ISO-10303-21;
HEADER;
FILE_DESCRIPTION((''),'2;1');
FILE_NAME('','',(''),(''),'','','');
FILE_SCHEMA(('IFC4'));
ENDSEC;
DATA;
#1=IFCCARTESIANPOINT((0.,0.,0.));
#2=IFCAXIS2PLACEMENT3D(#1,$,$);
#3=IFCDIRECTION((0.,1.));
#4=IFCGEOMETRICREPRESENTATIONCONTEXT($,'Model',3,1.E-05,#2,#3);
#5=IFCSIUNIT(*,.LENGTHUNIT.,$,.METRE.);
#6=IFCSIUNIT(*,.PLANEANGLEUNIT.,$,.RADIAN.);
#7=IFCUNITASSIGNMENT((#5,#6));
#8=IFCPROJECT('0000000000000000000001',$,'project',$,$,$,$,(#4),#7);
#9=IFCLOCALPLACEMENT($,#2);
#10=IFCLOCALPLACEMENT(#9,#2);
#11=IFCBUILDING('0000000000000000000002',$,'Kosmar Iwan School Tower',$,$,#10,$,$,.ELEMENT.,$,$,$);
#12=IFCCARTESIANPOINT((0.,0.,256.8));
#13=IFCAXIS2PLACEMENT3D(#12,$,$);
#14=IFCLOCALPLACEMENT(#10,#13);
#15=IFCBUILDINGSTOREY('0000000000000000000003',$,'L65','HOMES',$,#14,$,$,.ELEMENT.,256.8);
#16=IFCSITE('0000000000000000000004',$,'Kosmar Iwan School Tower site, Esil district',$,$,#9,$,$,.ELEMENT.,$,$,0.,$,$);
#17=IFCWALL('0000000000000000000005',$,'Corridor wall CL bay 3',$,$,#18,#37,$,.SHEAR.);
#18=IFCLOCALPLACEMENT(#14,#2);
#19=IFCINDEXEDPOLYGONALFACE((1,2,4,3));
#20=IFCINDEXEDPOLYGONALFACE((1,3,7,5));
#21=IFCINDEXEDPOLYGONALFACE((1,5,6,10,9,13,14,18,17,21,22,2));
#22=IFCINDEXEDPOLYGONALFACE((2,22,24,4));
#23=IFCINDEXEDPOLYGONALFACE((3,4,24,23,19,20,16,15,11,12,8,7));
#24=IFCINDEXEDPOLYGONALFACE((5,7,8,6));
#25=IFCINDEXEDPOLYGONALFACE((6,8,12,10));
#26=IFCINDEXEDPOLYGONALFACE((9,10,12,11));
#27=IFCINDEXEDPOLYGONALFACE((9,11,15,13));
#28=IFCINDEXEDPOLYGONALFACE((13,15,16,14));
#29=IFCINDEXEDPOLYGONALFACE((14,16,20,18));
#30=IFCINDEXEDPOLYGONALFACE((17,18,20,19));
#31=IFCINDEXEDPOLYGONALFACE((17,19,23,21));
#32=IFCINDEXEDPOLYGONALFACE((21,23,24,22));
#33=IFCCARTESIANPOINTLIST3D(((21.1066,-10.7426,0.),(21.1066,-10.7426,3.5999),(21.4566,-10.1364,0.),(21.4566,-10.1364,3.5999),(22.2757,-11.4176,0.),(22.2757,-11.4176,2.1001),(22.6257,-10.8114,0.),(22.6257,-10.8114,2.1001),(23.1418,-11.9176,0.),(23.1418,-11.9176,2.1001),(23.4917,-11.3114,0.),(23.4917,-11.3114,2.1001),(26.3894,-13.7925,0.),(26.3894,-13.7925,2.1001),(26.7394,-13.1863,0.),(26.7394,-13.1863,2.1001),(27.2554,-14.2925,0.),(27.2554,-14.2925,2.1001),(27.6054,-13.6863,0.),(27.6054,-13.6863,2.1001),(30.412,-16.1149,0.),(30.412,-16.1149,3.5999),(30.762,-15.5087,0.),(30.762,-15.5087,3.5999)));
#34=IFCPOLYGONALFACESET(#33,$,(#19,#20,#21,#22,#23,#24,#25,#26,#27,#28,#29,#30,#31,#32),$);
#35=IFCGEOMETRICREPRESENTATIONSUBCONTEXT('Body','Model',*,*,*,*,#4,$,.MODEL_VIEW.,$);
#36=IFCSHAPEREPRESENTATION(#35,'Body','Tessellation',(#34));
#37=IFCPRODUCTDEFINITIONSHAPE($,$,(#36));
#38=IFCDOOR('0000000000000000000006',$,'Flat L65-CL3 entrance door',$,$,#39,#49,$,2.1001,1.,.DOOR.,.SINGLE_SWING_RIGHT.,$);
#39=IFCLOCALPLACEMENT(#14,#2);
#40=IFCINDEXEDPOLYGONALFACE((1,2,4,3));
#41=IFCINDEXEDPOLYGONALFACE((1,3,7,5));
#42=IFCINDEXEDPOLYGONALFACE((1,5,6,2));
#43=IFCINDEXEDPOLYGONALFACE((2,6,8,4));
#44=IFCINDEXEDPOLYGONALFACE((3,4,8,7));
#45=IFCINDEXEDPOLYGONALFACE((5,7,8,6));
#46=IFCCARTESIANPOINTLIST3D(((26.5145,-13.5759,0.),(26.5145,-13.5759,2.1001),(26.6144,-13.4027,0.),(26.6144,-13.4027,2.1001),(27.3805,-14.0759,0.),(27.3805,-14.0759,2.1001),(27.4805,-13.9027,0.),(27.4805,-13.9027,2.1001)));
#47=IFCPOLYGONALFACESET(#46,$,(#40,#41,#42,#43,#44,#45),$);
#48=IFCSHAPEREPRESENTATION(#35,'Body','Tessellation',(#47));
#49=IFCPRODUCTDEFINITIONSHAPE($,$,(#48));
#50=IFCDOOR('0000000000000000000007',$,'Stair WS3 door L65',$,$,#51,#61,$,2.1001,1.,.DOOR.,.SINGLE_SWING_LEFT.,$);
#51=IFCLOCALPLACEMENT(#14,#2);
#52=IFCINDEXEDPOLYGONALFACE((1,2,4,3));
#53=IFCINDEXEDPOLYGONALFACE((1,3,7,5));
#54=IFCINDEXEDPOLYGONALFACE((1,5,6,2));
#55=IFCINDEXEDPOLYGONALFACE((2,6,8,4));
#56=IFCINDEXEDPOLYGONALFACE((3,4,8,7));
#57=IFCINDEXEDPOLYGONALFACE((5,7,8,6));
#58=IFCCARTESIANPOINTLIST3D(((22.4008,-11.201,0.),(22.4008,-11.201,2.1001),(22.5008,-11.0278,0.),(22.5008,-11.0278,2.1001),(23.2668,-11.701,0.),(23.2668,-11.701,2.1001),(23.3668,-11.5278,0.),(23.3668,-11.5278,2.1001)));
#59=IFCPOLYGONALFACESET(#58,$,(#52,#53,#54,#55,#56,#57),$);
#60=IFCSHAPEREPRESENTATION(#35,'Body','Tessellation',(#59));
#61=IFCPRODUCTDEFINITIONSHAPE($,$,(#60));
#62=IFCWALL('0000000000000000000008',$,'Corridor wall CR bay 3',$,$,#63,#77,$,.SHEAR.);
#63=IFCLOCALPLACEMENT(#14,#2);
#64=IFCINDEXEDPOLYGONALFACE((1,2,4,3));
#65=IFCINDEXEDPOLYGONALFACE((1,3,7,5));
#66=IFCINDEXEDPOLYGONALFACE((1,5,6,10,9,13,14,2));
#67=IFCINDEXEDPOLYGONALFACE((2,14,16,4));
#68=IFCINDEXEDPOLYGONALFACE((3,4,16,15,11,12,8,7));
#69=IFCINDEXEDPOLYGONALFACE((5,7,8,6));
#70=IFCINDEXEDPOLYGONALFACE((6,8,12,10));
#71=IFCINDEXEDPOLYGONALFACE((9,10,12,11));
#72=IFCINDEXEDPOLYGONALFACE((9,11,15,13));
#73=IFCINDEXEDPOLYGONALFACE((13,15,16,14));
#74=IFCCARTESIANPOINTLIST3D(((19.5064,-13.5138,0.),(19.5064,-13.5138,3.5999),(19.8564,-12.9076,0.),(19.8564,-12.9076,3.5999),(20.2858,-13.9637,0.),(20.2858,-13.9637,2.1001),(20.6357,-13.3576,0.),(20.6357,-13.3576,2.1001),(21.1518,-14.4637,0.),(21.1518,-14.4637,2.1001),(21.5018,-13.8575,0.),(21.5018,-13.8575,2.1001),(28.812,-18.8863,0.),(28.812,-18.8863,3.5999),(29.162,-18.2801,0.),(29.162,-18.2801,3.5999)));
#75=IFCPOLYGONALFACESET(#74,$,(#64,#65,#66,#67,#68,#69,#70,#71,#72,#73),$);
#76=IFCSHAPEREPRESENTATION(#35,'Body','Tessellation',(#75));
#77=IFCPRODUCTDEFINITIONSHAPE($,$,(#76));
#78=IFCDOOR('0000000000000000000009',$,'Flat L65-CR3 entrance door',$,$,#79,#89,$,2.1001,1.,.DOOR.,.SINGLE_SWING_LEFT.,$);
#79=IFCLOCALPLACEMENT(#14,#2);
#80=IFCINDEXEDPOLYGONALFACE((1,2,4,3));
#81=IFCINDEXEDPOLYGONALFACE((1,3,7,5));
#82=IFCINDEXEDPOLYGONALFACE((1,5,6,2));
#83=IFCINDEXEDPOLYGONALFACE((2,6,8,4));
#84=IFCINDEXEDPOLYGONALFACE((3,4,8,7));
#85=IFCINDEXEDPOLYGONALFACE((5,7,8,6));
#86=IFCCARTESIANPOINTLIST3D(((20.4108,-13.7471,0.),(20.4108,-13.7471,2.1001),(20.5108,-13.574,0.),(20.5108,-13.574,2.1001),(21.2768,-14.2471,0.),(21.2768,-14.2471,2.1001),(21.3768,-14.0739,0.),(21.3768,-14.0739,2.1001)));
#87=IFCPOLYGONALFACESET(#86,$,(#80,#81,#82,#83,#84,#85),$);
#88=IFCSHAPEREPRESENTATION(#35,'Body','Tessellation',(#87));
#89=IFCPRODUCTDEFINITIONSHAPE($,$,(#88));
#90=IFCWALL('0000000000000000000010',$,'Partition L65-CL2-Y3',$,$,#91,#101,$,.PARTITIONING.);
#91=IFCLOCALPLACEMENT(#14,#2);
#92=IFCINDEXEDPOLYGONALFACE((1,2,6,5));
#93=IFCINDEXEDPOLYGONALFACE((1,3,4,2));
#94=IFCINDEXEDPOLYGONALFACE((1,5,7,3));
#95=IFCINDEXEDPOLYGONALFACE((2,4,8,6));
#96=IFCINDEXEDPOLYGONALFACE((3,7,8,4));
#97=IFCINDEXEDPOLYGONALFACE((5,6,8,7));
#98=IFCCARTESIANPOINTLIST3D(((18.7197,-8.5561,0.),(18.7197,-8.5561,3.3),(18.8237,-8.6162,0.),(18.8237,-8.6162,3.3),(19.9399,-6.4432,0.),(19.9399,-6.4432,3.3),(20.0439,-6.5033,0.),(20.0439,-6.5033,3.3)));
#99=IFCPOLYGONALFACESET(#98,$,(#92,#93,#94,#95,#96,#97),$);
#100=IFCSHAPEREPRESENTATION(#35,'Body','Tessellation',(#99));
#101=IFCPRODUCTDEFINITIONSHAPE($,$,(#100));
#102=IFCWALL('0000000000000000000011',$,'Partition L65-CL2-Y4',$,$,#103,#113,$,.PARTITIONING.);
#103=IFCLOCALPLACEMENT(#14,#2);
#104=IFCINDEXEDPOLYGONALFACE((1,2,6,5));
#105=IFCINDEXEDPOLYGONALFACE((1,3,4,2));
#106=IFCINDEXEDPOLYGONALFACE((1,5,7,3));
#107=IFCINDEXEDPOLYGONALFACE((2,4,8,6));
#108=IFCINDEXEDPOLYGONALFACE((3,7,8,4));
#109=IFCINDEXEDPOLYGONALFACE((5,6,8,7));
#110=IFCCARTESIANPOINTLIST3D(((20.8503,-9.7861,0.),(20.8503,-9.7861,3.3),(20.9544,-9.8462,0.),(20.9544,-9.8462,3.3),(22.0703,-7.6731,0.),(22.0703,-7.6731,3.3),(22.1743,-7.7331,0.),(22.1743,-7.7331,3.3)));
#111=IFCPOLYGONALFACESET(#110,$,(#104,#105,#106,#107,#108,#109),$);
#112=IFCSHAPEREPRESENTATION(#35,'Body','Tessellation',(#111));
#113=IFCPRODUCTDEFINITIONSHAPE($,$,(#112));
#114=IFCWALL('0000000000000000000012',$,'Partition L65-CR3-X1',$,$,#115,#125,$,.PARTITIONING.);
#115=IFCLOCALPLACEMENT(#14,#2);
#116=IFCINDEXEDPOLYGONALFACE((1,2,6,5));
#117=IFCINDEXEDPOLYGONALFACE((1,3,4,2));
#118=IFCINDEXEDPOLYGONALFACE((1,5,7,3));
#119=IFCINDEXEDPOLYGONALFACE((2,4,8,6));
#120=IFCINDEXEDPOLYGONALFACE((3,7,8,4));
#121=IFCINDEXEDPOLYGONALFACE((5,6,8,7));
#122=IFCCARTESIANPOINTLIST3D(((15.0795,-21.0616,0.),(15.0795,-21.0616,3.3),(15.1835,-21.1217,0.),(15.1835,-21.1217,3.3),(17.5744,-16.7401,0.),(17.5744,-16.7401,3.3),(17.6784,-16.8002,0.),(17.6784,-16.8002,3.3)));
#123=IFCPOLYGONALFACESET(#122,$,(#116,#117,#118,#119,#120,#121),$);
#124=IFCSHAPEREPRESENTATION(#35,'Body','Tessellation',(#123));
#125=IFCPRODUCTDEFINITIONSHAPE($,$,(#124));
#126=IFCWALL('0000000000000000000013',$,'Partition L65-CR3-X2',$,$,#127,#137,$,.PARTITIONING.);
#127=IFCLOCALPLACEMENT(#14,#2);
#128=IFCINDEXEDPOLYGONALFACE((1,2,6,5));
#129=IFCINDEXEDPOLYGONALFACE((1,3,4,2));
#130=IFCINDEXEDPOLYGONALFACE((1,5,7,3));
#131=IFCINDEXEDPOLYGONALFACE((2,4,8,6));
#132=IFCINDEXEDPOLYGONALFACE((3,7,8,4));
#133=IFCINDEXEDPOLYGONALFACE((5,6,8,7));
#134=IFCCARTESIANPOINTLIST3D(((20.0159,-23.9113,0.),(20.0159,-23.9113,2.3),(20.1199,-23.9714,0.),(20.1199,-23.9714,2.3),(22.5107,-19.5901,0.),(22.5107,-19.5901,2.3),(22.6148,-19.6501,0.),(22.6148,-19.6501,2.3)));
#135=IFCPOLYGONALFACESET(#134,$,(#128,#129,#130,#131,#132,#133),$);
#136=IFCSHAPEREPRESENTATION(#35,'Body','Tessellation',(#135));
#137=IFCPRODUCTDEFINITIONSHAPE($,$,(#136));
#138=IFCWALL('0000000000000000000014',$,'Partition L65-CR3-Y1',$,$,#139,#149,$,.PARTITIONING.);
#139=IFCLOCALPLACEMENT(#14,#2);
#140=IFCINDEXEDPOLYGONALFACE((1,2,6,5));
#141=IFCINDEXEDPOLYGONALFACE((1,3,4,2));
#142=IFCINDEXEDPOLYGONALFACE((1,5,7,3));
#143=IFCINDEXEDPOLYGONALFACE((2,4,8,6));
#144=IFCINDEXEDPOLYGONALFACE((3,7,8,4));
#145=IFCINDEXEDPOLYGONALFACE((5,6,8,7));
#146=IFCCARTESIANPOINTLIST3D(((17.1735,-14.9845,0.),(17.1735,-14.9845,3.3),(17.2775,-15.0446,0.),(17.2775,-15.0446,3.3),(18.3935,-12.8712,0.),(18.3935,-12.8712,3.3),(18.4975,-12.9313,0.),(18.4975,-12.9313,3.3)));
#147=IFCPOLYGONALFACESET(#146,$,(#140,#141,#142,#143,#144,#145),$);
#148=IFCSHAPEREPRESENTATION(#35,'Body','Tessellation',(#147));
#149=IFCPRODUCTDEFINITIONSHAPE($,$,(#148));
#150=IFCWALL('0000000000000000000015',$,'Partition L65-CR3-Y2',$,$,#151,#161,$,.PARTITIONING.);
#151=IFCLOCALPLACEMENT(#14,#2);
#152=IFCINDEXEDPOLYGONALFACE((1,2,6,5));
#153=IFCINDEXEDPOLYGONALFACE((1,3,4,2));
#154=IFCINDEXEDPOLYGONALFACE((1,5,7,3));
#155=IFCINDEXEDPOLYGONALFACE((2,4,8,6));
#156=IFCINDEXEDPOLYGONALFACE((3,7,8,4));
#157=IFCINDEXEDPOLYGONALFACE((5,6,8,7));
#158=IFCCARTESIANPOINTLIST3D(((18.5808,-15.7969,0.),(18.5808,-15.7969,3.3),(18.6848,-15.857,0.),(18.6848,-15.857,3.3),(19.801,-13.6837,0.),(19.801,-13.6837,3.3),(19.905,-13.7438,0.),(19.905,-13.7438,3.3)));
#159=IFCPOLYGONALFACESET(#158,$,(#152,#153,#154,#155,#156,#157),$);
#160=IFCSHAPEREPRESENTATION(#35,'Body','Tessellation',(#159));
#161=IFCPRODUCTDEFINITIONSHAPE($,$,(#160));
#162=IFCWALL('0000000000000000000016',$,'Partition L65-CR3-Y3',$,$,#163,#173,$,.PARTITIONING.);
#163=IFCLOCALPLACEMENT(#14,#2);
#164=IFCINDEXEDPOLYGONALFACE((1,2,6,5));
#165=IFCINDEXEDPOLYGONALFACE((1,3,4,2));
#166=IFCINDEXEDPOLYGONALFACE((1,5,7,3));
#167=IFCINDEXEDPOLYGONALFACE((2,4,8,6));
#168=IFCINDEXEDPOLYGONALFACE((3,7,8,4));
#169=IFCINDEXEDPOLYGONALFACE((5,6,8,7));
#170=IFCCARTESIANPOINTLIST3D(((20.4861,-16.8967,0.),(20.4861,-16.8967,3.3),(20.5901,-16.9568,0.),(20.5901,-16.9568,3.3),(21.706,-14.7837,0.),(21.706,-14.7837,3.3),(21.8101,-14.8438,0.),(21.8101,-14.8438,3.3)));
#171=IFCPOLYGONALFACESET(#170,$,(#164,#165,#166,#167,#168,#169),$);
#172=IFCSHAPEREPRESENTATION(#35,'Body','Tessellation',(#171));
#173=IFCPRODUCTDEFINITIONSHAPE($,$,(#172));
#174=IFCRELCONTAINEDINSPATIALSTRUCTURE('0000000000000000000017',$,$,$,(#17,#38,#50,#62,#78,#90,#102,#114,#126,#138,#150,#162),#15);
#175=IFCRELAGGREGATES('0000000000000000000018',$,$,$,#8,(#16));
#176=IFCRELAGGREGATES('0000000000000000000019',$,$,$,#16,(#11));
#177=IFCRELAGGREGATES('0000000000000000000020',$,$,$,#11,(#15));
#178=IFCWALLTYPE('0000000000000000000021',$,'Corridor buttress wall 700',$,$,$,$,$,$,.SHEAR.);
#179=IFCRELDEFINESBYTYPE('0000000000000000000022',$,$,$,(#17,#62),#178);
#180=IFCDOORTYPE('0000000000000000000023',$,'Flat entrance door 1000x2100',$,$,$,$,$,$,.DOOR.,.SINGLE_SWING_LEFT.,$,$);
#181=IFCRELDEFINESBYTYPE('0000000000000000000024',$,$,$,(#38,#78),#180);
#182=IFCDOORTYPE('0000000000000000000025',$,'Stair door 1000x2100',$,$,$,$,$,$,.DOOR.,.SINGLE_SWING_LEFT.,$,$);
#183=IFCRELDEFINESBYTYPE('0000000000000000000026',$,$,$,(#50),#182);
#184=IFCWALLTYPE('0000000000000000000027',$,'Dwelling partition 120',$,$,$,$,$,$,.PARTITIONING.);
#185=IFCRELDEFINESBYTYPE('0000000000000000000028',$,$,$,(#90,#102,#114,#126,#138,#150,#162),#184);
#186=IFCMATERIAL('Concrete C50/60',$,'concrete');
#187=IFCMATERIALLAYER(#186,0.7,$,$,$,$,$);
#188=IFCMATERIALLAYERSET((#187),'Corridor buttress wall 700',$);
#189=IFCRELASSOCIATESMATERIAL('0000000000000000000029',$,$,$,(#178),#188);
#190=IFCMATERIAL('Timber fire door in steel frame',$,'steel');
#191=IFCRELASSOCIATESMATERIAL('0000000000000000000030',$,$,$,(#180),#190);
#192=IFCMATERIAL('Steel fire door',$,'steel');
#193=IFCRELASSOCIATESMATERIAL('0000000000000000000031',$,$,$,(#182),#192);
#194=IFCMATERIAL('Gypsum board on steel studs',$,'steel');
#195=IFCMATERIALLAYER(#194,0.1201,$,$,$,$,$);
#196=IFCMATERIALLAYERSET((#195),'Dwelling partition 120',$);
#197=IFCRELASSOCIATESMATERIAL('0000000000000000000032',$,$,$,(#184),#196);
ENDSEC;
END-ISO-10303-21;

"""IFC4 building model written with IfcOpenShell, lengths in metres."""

from ifc_helpers import new_model, si_unit, direction, frame, frame_2d, origin, place, context, subcontext, project, spatial, rectangle, extrude, material, layer, layer_set, type_object, element, fill, save


model = new_model("IFC4")

# Units and contexts
model_context = context("Model", 3, precision=1e-05, world=origin(), true_north=direction((0.0, 1.0)))
body_context = subcontext(model_context, "Body", "Model", "MODEL_VIEW")
ifc_project = project(units=[si_unit("LENGTHUNIT", "METRE"), si_unit("PLANEANGLEUNIT", "RADIAN")], contexts=[model_context])

# Site, building, storey
site_placement = place(None, origin())
site = spatial("IfcSite", under=ifc_project, at=site_placement, Name="Kosmar Iwan School Tower site, Esil district", CompositionType="ELEMENT", RefElevation=0.0)
building_placement = place(site_placement, origin())
building = spatial("IfcBuilding", under=site, at=building_placement, Name="Kosmar Iwan School Tower", CompositionType="ELEMENT")
storey_placement = place(building_placement, frame((0.0, 0.0, 256.8)))
storey = spatial("IfcBuildingStorey", under=building, at=storey_placement, Name="L65", Description="HOMES", CompositionType="ELEMENT", Elevation=256.8)

# Wall, openings, doors
ifc_material_1 = material(Name="Concrete C50/60", Category="concrete")
ifc_layer_1 = layer(ifc_material_1, 0.7)
ifc_layer_set_1 = layer_set([ifc_layer_1], Name="Corridor buttress wall 700")
wall_type_1 = type_object("IfcWallType", Name="Corridor buttress wall 700", PredefinedType="SHEAR", material=ifc_layer_set_1)
wall_1_placement = place(storey_placement, frame((21.2815, -10.4395, 0.0), z_axis=(0.0, 0.0, 1.0), x_axis=(0.866032, -0.499988, 0.0)))
wall_1 = element("IfcWall", 1, at=wall_1_placement, inside=storey, type_object=wall_type_1, Name="Corridor wall CL bay 3", PredefinedType="SHEAR", context=body_context, shape_type="SweptSolid", body=[
    extrude(rectangle(XDim=10.7449, YDim=0.7, at=frame_2d((5.3726, 0.0))), origin(), (0.0, 0.0, 1.0), 3.5999),
])
opening_1_placement = place(wall_1_placement, frame((6.1001, 0.0, 0.0)))
opening_1 = element("IfcOpeningElement", 2, at=opening_1_placement, cuts=wall_1, PredefinedType="OPENING", context=body_context, shape_type="SweptSolid", body=[
    extrude(rectangle(XDim=1.0, YDim=2.1001, at=frame_2d((0.5, 1.05))), frame((0.0, 0.3621, 0.0), z_axis=(0.0, -1.0, 0.0), x_axis=(1.0, 0.0, 0.0)), (0.0, 0.0, 1.0), 0.7239),
])
opening_2_placement = place(wall_1_placement, frame((1.3501, 0.0, 0.0)))
opening_2 = element("IfcOpeningElement", 3, at=opening_2_placement, cuts=wall_1, PredefinedType="OPENING", context=body_context, shape_type="SweptSolid", body=[
    extrude(rectangle(XDim=1.0, YDim=2.1001, at=frame_2d((0.5, 1.05))), frame((0.0, 0.3621, 0.0), z_axis=(0.0, -1.0, 0.0), x_axis=(1.0, 0.0, 0.0)), (0.0, 0.0, 1.0), 0.7239),
])
ifc_material_2 = material(Name="Timber fire door in steel frame", Category="steel")
door_type_1 = type_object("IfcDoorType", Name="Flat entrance door 1000x2100", OperationType="SINGLE_SWING_LEFT", PredefinedType="DOOR", material=ifc_material_2)
door_1_placement = place(opening_1_placement, origin())
door_1 = element("IfcDoor", 4, at=door_1_placement, inside=storey, type_object=door_type_1, Name="Flat L65-CL3 entrance door", OperationType="SINGLE_SWING_RIGHT", OverallHeight=2.1001, OverallWidth=1.0, PredefinedType="DOOR", context=body_context, shape_type="SweptSolid", body=[
    extrude(rectangle(XDim=1.0, YDim=2.1001, at=frame_2d((0.5, 1.05))), frame((0.0, 0.1001, 0.0), z_axis=(0.0, -1.0, 0.0), x_axis=(1.0, 0.0, 0.0)), (0.0, 0.0, 1.0), 0.2),
])
fill(opening_1, door_1)
ifc_material_3 = material(Name="Steel fire door", Category="steel")
door_type_2 = type_object("IfcDoorType", Name="Stair door 1000x2100", OperationType="SINGLE_SWING_LEFT", PredefinedType="DOOR", material=ifc_material_3)
door_2_placement = place(opening_2_placement, origin())
door_2 = element("IfcDoor", 5, at=door_2_placement, inside=storey, type_object=door_type_2, Name="Stair WS3 door L65", OperationType="SINGLE_SWING_LEFT", OverallHeight=2.1001, OverallWidth=1.0, PredefinedType="DOOR", context=body_context, shape_type="SweptSolid", body=[
    extrude(rectangle(XDim=1.0, YDim=2.1001, at=frame_2d((0.5, 1.05))), frame((0.0, 0.1001, 0.0), z_axis=(0.0, -1.0, 0.0), x_axis=(1.0, 0.0, 0.0)), (0.0, 0.0, 1.0), 0.2),
])
fill(opening_2, door_2)

# Wall, opening, door
wall_2_placement = place(storey_placement, frame((19.6814, -13.2107, 0.0), z_axis=(0.0, 0.0, 1.0), x_axis=(0.866028, -0.499995, 0.0)))
wall_2 = element("IfcWall", 6, at=wall_2_placement, inside=storey, type_object=wall_type_1, Name="Corridor wall CR bay 3", PredefinedType="SHEAR", context=body_context, shape_type="SweptSolid", body=[
    extrude(rectangle(XDim=10.7451, YDim=0.7, at=frame_2d((5.3726, 0.0))), origin(), (0.0, 0.0, 1.0), 3.5999),
])
opening_3_placement = place(wall_2_placement, frame((0.8999, 0.0, 0.0)))
opening_3 = element("IfcOpeningElement", 7, at=opening_3_placement, cuts=wall_2, PredefinedType="OPENING", context=body_context, shape_type="SweptSolid", body=[
    extrude(rectangle(XDim=1.0, YDim=2.1001, at=frame_2d((0.5, 1.05))), frame((0.0, 0.3621, 0.0), z_axis=(0.0, -1.0, 0.0), x_axis=(1.0, 0.0, 0.0)), (0.0, 0.0, 1.0), 0.7239),
])
door_3_placement = place(opening_3_placement, origin())
door_3 = element("IfcDoor", 8, at=door_3_placement, inside=storey, type_object=door_type_1, Name="Flat L65-CR3 entrance door", OperationType="SINGLE_SWING_LEFT", OverallHeight=2.1001, OverallWidth=1.0, PredefinedType="DOOR", context=body_context, shape_type="SweptSolid", body=[
    extrude(rectangle(XDim=1.0, YDim=2.1001, at=frame_2d((0.5, 1.05))), frame((0.0, 0.1001, 0.0), z_axis=(0.0, -1.0, 0.0), x_axis=(1.0, 0.0, 0.0)), (0.0, 0.0, 1.0), 0.2),
])
fill(opening_3, door_3)

# Walls
ifc_material_4 = material(Name="Gypsum board on steel studs", Category="steel")
ifc_layer_2 = layer(ifc_material_4, 0.1201)
ifc_layer_set_2 = layer_set([ifc_layer_2], Name="Dwelling partition 120")
wall_type_2 = type_object("IfcWallType", Name="Dwelling partition 120", PredefinedType="PARTITIONING", material=ifc_layer_set_2)
for number, where, z_axis, x_axis, name in (
    (9, (18.7717, -8.5862, 0.0), (0.0, 0.0, 1.0), (0.500078, 0.865981, 0.0), "Partition L65-CL2-Y3"),
    (10, (20.9023, -9.8162, 0.0), (0.0, 0.0, 1.0), (0.500003, 0.866024, 0.0), "Partition L65-CL2-Y4"),
):
    element("IfcWall", number, at=place(storey_placement, frame(where, z_axis=z_axis, x_axis=x_axis)), inside=storey, type_object=wall_type_2, Name=name, PredefinedType="PARTITIONING", context=body_context, shape_type="SweptSolid", body=[
        extrude(rectangle(XDim=2.4399, YDim=0.1201, at=frame_2d((1.22, 0.0))), origin(), (0.0, 0.0, 1.0), 3.3),
    ])
wall_3_placement = place(storey_placement, frame((17.6265, -16.77, 0.0), z_axis=(0.0, 0.0, 1.0), x_axis=(-0.499975, -0.86604, 0.0)))
element("IfcWall", 11, at=wall_3_placement, inside=storey, type_object=wall_type_2, Name="Partition L65-CR3-X1", PredefinedType="PARTITIONING", context=body_context, shape_type="SweptSolid", body=[
    extrude(rectangle(XDim=4.99, YDim=0.1201, at=frame_2d((2.4951, 0.0))), origin(), (0.0, 0.0, 1.0), 3.3),
])
wall_4_placement = place(storey_placement, frame((22.5627, -19.6201, 0.0), z_axis=(0.0, 0.0, 1.0), x_axis=(-0.499996, -0.866028, 0.0)))
element("IfcWall", 12, at=wall_4_placement, inside=storey, type_object=wall_type_2, Name="Partition L65-CR3-X2", PredefinedType="PARTITIONING", context=body_context, shape_type="SweptSolid", body=[
    extrude(rectangle(XDim=4.9897, YDim=0.1201, at=frame_2d((2.4949, 0.0))), origin(), (0.0, 0.0, 1.0), 2.3),
])
for number, where, z_axis, x_axis, name in (
    (13, (18.4456, -12.9011, 0.0), (0.0, 0.0, 1.0), (-0.499959, -0.866049, 0.0), "Partition L65-CR3-Y1"),
    (14, (19.853, -13.7136, 0.0), (0.0, 0.0, 1.0), (-0.500034, -0.866006, 0.0), "Partition L65-CR3-Y2"),
):
    element("IfcWall", number, at=place(storey_placement, frame(where, z_axis=z_axis, x_axis=x_axis)), inside=storey, type_object=wall_type_2, Name=name, PredefinedType="PARTITIONING", context=body_context, shape_type="SweptSolid", body=[
        extrude(rectangle(XDim=2.4402, YDim=0.1201, at=frame_2d((1.2202, 0.0))), origin(), (0.0, 0.0, 1.0), 3.3),
    ])
wall_5_placement = place(storey_placement, frame((21.7581, -14.8137, 0.0), z_axis=(0.0, 0.0, 1.0), x_axis=(-0.500003, -0.866024, 0.0)))
element("IfcWall", 15, at=wall_5_placement, inside=storey, type_object=wall_type_2, Name="Partition L65-CR3-Y3", PredefinedType="PARTITIONING", context=body_context, shape_type="SweptSolid", body=[
    extrude(rectangle(XDim=2.4399, YDim=0.1201, at=frame_2d((1.22, 0.0))), origin(), (0.0, 0.0, 1.0), 3.3),
])

save(model, "model.ifc")
